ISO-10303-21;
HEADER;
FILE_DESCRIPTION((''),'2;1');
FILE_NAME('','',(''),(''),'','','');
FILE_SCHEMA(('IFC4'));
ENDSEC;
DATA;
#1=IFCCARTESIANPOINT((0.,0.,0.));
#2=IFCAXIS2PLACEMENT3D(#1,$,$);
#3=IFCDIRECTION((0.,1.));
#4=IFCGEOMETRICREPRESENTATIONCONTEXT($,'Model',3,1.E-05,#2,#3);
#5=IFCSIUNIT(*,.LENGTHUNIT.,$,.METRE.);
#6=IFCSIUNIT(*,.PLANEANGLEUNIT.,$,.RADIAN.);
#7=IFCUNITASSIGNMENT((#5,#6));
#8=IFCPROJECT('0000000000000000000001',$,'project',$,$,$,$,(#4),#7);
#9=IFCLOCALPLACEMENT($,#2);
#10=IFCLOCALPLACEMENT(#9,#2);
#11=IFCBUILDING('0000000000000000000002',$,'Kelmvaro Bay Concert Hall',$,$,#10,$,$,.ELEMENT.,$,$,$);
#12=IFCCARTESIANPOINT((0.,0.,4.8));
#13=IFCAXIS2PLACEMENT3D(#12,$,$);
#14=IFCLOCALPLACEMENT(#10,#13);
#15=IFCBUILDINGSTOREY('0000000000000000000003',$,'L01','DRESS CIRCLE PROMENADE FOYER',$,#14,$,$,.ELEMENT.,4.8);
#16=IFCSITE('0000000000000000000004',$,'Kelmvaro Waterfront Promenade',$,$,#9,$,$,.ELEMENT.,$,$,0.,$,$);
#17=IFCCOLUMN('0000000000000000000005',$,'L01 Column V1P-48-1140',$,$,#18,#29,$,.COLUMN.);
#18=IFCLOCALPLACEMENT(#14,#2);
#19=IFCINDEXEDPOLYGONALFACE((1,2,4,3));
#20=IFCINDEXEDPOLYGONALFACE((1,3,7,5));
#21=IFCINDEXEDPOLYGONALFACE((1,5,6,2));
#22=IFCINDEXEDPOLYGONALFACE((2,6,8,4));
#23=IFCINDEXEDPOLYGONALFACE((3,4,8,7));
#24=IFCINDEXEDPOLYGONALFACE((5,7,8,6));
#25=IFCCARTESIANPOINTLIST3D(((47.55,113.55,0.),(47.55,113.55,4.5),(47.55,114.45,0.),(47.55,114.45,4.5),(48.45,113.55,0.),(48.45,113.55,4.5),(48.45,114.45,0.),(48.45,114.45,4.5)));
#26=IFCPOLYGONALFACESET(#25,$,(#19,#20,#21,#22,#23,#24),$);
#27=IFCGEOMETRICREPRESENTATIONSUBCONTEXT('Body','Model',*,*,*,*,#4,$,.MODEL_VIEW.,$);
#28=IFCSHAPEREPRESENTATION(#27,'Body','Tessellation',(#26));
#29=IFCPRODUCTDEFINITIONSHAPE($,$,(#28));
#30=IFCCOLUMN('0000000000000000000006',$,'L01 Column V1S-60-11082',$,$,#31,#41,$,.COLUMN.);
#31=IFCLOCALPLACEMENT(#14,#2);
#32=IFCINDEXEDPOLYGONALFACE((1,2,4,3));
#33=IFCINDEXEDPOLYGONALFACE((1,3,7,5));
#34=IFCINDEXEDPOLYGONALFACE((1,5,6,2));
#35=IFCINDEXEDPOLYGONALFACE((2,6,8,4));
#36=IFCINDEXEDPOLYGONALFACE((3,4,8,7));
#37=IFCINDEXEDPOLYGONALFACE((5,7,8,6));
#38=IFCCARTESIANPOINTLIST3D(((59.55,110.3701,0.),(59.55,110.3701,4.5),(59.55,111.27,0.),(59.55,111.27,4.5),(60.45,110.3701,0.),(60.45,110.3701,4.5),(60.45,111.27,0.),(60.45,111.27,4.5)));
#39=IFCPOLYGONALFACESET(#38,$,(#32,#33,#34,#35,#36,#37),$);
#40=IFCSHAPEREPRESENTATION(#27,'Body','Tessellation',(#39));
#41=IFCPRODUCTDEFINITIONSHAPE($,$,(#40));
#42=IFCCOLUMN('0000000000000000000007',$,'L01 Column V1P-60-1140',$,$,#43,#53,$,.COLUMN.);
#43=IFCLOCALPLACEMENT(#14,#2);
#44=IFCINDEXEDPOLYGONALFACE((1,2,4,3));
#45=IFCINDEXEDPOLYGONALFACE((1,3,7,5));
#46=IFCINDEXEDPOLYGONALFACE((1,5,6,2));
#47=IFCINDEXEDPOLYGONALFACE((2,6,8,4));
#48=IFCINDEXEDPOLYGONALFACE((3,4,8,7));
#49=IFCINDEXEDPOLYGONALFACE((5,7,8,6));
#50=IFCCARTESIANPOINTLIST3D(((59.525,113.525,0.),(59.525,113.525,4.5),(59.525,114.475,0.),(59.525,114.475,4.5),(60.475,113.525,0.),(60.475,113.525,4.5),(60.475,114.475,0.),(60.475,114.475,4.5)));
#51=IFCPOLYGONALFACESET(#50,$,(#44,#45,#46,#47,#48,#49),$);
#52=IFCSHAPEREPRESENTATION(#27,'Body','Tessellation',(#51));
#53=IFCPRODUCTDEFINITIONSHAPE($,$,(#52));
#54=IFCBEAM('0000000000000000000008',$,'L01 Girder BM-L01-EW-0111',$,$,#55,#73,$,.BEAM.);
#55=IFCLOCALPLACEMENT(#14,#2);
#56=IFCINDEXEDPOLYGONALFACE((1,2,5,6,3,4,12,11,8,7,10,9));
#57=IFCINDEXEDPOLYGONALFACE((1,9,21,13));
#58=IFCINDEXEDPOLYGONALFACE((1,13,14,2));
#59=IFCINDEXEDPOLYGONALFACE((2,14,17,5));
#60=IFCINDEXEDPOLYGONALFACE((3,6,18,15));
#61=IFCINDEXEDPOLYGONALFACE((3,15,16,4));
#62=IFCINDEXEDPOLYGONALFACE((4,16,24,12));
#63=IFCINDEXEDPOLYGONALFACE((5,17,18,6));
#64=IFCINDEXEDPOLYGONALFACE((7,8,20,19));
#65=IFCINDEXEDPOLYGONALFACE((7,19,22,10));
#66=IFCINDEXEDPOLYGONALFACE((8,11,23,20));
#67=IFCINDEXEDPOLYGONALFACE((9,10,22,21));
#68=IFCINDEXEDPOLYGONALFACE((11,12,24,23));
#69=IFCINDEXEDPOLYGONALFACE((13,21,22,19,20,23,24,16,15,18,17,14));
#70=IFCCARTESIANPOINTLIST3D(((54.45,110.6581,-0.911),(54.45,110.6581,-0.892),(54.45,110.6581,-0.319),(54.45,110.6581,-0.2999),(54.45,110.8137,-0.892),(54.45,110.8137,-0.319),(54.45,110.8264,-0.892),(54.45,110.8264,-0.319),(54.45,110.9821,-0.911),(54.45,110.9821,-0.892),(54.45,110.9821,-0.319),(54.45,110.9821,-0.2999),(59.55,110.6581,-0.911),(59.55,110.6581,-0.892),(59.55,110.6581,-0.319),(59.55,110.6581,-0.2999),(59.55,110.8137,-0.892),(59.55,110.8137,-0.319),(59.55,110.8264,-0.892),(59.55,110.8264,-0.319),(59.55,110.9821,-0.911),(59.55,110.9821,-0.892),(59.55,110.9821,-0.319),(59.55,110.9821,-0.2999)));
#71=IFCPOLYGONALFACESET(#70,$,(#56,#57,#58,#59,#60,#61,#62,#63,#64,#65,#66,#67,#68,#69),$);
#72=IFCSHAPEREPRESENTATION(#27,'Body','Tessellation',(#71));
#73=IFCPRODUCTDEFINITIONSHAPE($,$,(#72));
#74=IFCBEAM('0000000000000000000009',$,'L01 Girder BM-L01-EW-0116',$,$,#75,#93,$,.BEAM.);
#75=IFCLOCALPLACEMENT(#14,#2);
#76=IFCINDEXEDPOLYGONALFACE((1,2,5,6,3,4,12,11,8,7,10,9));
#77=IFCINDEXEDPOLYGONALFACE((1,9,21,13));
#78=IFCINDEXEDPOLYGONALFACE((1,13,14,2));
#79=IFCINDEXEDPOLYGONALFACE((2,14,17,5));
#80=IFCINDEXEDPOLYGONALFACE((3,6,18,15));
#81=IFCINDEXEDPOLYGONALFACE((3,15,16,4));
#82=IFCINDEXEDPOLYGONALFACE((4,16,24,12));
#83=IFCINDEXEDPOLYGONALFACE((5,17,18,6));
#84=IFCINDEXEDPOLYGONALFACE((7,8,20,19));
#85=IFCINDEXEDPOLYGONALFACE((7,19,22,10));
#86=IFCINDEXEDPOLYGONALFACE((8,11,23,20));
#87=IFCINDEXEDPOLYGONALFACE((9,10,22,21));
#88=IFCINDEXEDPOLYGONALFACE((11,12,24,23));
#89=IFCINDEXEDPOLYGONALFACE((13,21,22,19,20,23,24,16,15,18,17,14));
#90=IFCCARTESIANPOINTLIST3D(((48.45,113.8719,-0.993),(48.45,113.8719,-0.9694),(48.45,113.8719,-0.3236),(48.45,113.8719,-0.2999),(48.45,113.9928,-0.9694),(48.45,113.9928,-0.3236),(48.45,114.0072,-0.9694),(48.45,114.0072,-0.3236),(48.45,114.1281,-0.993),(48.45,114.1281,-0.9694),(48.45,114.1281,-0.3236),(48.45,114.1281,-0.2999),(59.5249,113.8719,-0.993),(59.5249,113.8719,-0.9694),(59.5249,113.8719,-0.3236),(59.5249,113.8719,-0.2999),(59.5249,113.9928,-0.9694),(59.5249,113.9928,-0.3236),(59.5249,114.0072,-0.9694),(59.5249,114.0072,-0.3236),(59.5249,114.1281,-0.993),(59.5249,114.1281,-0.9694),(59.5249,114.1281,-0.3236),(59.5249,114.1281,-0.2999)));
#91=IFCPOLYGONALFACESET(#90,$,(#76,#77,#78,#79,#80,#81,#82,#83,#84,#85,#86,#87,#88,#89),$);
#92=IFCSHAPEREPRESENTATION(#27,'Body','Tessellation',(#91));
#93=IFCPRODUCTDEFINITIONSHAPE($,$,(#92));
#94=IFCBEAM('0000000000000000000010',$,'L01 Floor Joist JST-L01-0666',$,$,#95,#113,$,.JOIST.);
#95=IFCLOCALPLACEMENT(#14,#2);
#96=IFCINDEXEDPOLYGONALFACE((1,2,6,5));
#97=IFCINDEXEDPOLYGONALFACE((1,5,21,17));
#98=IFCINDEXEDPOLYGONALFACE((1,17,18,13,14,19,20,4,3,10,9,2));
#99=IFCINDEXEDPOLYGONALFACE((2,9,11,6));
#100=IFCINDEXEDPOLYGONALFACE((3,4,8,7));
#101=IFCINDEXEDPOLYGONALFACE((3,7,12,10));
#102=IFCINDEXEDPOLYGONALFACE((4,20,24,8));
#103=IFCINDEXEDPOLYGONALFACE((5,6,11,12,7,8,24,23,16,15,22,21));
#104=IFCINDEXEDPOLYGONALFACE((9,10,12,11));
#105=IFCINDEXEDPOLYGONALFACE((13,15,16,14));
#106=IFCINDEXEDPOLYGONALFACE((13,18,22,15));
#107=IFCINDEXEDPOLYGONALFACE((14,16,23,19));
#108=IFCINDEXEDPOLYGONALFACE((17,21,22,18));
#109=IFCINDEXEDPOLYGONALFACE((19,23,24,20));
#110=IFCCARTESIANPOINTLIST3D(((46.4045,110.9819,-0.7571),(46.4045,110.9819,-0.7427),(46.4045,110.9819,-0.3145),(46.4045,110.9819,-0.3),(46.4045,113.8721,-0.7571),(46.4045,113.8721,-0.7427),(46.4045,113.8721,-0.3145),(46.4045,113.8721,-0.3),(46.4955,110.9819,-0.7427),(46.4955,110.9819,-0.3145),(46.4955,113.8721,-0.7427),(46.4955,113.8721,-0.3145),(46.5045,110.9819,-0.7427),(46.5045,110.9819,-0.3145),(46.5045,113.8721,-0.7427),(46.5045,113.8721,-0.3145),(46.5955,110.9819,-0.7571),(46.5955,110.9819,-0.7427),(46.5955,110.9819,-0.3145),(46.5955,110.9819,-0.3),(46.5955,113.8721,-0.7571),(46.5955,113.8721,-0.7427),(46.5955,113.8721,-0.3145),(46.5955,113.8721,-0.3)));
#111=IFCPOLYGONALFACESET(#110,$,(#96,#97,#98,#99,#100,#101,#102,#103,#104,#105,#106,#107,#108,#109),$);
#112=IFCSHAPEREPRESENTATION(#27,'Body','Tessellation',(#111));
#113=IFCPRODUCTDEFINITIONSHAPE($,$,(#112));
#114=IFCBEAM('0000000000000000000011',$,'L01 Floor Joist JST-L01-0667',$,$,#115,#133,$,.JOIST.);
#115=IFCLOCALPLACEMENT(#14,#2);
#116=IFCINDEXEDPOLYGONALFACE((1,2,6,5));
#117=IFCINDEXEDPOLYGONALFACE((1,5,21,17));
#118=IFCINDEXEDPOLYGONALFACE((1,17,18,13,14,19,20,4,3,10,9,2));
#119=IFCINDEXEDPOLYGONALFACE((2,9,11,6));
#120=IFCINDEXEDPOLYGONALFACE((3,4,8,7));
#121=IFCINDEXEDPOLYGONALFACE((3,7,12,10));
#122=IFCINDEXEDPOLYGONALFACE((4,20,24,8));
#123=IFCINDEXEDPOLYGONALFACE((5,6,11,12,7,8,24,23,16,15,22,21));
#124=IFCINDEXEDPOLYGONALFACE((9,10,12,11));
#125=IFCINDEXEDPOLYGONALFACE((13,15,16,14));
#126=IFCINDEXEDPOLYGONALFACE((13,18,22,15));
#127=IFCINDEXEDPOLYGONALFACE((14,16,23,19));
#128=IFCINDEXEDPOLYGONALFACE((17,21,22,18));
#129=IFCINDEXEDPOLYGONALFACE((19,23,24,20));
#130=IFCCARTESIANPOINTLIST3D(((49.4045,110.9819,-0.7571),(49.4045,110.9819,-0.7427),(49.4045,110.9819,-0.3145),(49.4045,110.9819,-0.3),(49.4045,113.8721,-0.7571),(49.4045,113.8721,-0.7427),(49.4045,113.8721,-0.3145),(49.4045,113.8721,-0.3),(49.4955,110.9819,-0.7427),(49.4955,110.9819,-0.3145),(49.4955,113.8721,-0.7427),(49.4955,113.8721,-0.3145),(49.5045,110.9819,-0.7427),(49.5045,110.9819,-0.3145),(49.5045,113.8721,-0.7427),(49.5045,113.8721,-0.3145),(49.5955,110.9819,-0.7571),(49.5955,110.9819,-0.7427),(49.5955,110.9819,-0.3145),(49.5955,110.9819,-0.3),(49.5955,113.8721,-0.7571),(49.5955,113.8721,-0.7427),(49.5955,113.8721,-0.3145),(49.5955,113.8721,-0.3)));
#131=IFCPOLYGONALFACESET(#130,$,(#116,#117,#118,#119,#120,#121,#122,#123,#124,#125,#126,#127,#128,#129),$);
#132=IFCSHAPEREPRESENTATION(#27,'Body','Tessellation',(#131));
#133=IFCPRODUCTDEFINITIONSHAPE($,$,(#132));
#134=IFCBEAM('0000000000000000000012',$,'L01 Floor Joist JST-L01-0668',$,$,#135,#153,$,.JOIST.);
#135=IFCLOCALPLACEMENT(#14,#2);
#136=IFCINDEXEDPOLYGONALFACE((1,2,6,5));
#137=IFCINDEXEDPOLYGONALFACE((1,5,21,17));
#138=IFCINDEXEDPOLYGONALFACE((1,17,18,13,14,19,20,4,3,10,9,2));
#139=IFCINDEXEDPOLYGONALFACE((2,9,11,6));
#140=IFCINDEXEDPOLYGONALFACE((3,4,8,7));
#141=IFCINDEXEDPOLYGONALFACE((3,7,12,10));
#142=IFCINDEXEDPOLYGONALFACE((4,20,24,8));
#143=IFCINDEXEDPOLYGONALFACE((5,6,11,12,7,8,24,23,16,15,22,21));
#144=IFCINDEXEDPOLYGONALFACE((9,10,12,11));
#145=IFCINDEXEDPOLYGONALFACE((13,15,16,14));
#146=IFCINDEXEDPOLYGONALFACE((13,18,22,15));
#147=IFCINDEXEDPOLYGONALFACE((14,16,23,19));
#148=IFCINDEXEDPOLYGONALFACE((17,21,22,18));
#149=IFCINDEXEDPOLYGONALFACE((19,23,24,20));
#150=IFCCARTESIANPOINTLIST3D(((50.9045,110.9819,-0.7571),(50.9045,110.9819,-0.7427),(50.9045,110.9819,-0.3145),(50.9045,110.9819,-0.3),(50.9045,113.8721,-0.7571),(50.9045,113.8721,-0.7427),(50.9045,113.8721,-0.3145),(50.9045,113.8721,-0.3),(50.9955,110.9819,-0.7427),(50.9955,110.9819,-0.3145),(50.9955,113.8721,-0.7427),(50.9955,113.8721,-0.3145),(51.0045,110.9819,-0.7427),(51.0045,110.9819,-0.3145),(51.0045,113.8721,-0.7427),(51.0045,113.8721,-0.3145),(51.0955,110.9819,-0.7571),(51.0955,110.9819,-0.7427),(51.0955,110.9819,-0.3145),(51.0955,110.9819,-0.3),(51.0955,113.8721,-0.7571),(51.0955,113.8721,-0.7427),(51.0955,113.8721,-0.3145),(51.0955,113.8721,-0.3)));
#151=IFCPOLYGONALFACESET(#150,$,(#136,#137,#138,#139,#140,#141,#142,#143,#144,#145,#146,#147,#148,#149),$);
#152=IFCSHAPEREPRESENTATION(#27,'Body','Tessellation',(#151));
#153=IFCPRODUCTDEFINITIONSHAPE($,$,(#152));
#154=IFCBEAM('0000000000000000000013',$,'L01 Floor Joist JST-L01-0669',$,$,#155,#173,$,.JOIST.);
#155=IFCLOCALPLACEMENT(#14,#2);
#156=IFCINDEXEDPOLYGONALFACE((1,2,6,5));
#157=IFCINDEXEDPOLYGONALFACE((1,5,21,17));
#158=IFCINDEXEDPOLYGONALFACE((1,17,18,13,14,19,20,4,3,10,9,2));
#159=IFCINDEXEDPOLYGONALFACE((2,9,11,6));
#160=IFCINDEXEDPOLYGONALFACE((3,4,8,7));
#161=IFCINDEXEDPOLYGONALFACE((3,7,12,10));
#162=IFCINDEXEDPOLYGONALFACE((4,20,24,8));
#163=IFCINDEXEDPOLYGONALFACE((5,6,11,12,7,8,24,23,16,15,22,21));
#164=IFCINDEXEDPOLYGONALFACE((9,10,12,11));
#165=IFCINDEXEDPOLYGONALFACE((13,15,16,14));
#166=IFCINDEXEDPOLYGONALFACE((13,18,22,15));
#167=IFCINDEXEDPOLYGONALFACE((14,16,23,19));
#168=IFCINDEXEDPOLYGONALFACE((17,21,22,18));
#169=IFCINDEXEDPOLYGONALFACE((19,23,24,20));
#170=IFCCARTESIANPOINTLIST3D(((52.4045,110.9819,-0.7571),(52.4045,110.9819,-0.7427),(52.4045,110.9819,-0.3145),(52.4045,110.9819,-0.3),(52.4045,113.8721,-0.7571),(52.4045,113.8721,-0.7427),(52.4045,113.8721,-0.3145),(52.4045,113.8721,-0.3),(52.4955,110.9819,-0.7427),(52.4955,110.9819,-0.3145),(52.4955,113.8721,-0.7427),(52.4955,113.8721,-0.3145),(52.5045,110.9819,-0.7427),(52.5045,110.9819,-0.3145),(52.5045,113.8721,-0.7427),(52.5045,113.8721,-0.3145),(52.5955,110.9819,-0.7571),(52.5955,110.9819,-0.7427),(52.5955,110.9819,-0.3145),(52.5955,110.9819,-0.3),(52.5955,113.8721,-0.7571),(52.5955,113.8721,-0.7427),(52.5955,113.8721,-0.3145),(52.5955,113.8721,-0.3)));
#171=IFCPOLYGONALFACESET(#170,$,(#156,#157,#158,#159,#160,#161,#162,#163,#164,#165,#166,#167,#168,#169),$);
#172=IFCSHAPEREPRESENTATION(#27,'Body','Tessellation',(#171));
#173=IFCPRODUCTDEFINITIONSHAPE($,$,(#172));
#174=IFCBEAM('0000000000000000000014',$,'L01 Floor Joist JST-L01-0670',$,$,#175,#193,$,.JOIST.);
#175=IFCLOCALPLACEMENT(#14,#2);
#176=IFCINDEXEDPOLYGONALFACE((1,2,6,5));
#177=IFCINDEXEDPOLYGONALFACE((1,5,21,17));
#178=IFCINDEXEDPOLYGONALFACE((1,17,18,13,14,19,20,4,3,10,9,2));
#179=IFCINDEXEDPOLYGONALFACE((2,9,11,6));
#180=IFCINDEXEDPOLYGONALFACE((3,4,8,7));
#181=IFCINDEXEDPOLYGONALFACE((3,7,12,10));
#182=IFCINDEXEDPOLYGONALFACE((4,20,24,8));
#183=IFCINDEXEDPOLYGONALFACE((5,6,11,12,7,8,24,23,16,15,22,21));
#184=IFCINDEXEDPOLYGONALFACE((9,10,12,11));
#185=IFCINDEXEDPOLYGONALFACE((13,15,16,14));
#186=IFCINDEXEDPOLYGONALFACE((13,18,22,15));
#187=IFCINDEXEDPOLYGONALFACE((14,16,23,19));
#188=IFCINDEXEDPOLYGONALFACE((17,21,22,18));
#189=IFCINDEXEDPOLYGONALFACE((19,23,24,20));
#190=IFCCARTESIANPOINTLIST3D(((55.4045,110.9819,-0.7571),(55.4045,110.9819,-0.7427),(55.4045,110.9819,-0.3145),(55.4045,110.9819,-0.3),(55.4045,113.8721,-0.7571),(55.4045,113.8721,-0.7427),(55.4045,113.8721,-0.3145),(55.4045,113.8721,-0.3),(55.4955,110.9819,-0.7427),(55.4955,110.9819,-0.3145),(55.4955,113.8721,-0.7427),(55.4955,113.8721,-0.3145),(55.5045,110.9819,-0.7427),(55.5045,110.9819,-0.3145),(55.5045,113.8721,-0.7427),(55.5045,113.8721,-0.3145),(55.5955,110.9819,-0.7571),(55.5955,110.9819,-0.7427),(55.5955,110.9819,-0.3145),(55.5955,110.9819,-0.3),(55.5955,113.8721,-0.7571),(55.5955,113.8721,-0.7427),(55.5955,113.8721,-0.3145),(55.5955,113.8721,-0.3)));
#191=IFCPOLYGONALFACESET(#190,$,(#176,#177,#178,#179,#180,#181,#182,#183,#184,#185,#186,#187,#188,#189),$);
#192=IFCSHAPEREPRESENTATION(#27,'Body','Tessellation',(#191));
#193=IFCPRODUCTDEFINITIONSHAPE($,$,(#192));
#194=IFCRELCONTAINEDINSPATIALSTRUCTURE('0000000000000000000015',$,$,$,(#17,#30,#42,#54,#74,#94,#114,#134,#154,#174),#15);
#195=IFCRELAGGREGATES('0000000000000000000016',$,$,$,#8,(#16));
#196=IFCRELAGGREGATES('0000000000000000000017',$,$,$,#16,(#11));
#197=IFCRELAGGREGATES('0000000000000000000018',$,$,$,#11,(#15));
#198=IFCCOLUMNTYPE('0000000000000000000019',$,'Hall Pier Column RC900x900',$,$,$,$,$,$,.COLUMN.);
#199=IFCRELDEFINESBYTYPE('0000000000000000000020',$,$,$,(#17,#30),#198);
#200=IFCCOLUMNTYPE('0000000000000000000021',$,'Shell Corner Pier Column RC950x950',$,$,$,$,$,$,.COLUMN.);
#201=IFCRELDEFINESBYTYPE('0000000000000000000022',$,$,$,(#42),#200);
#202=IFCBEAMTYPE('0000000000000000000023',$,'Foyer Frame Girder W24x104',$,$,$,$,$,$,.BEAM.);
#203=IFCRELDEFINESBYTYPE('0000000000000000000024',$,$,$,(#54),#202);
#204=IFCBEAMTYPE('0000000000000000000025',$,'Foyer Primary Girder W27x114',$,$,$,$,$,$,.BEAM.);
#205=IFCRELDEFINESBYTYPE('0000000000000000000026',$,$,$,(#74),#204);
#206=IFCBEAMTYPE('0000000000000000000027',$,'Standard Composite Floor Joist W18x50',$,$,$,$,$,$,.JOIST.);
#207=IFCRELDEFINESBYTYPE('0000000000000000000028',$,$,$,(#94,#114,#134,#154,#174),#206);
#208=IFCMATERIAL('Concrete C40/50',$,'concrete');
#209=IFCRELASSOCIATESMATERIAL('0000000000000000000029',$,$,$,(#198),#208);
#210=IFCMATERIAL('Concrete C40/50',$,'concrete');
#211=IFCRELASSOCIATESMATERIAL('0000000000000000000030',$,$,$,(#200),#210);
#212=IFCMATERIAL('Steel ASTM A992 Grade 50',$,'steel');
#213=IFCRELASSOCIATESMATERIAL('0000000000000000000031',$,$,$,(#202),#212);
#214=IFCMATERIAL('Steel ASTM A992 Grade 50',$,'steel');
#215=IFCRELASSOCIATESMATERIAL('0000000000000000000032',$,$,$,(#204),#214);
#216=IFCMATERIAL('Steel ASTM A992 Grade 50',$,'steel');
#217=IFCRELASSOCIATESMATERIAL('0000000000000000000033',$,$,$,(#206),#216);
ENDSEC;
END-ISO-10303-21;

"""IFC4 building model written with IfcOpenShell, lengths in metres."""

from ifc_helpers import new_model, si_unit, direction, frame, origin, origin_2d, place, context, subcontext, project, spatial, rectangle, i_section, extrude, material, material_profile, profile_set, type_object, element, save


model = new_model("IFC4")

# Units and contexts
model_context = context("Model", 3, precision=1e-05, world=origin(), true_north=direction((0.0, 1.0)))
body_context = subcontext(model_context, "Body", "Model", "MODEL_VIEW")
ifc_project = project(units=[si_unit("LENGTHUNIT", "METRE"), si_unit("PLANEANGLEUNIT", "RADIAN")], contexts=[model_context])

# Site, building, storey
site_placement = place(None, origin())
site = spatial("IfcSite", under=ifc_project, at=site_placement, Name="Kelmvaro Waterfront Promenade", CompositionType="ELEMENT", RefElevation=0.0)
building_placement = place(site_placement, origin())
building = spatial("IfcBuilding", under=site, at=building_placement, Name="Kelmvaro Bay Concert Hall", CompositionType="ELEMENT")
storey_placement = place(building_placement, frame((0.0, 0.0, 4.8)))
storey = spatial("IfcBuildingStorey", under=building, at=storey_placement, Name="L01", Description="DRESS CIRCLE PROMENADE FOYER", CompositionType="ELEMENT", Elevation=4.8)

# Columns
ifc_material_1 = material(Name="Concrete C40/50", Category="concrete")
ifc_material_profile_1 = material_profile(ifc_material_1, rectangle(XDim=0.8999, YDim=0.8999, at=origin_2d()), Name="RC-COL-900X900")
ifc_profile_set_1 = profile_set([ifc_material_profile_1], Name="Concrete C40/50")
column_type_1 = type_object("IfcColumnType", Name="Hall Pier Column RC900x900", PredefinedType="COLUMN", material=ifc_profile_set_1)
for number, where, z_axis, x_axis, name in (
    (1, (48.0, 114.0, 0.0), (0.0, 0.0, 1.0), (1.0, 0.0, 0.0), "L01 Column V1P-48-1140"),
    (2, (60.0, 110.8201, 0.0), (0.0, 0.0, 1.0), (1.0, 0.0, 0.0), "L01 Column V1S-60-11082"),
):
    element("IfcColumn", number, at=place(storey_placement, frame(where, z_axis=z_axis, x_axis=x_axis)), inside=storey, type_object=column_type_1, Name=name, PredefinedType="COLUMN", context=body_context, shape_type="SweptSolid", body=[
        extrude(rectangle(XDim=0.8999, YDim=0.8999, at=origin_2d()), origin(), (0.0, 0.0, 1.0), 4.5),
    ])
ifc_material_2 = material(Name="Concrete C40/50", Category="concrete")
ifc_material_profile_2 = material_profile(ifc_material_2, rectangle(XDim=0.95, YDim=0.95, at=origin_2d()), Name="RC-COL-950X950")
ifc_profile_set_2 = profile_set([ifc_material_profile_2], Name="Concrete C40/50")
column_type_2 = type_object("IfcColumnType", Name="Shell Corner Pier Column RC950x950", PredefinedType="COLUMN", material=ifc_profile_set_2)
column_placement = place(storey_placement, frame((60.0, 114.0, 0.0), z_axis=(0.0, 0.0, 1.0), x_axis=(1.0, 0.0, 0.0)))
element("IfcColumn", 3, at=column_placement, inside=storey, type_object=column_type_2, Name="L01 Column V1P-60-1140", PredefinedType="COLUMN", context=body_context, shape_type="SweptSolid", body=[
    extrude(rectangle(XDim=0.95, YDim=0.95, at=origin_2d()), origin(), (0.0, 0.0, 1.0), 4.5),
])

# Beams
ifc_material_3 = material(Name="Steel ASTM A992 Grade 50", Category="steel")
ifc_material_profile_3 = material_profile(ifc_material_3, i_section(OverallWidth=0.324, OverallDepth=0.6111, WebThickness=0.0127, FlangeThickness=0.019, at=origin_2d()), Name="W24X104")
ifc_profile_set_3 = profile_set([ifc_material_profile_3], Name="Steel ASTM A992 Grade 50")
beam_type_1 = type_object("IfcBeamType", Name="Foyer Frame Girder W24x104", PredefinedType="BEAM", material=ifc_profile_set_3)
beam_1_placement = place(storey_placement, frame((54.45, 110.8201, -0.6055), z_axis=(1.0, 0.0, 0.0), x_axis=(0.0, 1.0, 0.0)))
element("IfcBeam", 4, at=beam_1_placement, inside=storey, type_object=beam_type_1, Name="L01 Girder BM-L01-EW-0111", PredefinedType="BEAM", context=body_context, shape_type="SweptSolid", body=[
    extrude(i_section(OverallWidth=0.324, OverallDepth=0.6111, WebThickness=0.0127, FlangeThickness=0.019, at=origin_2d()), origin(), (0.0, 0.0, 1.0), 5.1001),
])
ifc_material_4 = material(Name="Steel ASTM A992 Grade 50", Category="steel")
ifc_material_profile_4 = material_profile(ifc_material_4, i_section(OverallWidth=0.2561, OverallDepth=0.6931, WebThickness=0.0144, FlangeThickness=0.0237, at=origin_2d()), Name="W27X114")
ifc_profile_set_4 = profile_set([ifc_material_profile_4], Name="Steel ASTM A992 Grade 50")
beam_type_2 = type_object("IfcBeamType", Name="Foyer Primary Girder W27x114", PredefinedType="BEAM", material=ifc_profile_set_4)
beam_2_placement = place(storey_placement, frame((48.45, 114.0, -0.6465), z_axis=(1.0, 0.0, 0.0), x_axis=(0.0, 1.0, 0.0)))
element("IfcBeam", 5, at=beam_2_placement, inside=storey, type_object=beam_type_2, Name="L01 Girder BM-L01-EW-0116", PredefinedType="BEAM", context=body_context, shape_type="SweptSolid", body=[
    extrude(i_section(OverallWidth=0.2561, OverallDepth=0.6931, WebThickness=0.0144, FlangeThickness=0.0237, at=origin_2d()), origin(), (0.0, 0.0, 1.0), 11.075),
])
ifc_material_5 = material(Name="Steel ASTM A992 Grade 50", Category="steel")
ifc_material_profile_5 = material_profile(ifc_material_5, i_section(OverallWidth=0.1909, OverallDepth=0.457, WebThickness=0.009, FlangeThickness=0.0144, at=origin_2d()), Name="W18X50")
ifc_profile_set_5 = profile_set([ifc_material_profile_5], Name="Steel ASTM A992 Grade 50")
beam_type_3 = type_object("IfcBeamType", Name="Standard Composite Floor Joist W18x50", PredefinedType="JOIST", material=ifc_profile_set_5)
for number, where, z_axis, x_axis, name in (
    (6, (46.5, 110.9819, -0.5286), (0.0, 1.0, 0.0), (-1.0, 0.0, 0.0), "L01 Floor Joist JST-L01-0666"),
    (7, (49.5, 110.9819, -0.5286), (0.0, 1.0, 0.0), (-1.0, 0.0, 0.0), "L01 Floor Joist JST-L01-0667"),
    (8, (51.0, 110.9819, -0.5286), (0.0, 1.0, 0.0), (-1.0, 0.0, 0.0), "L01 Floor Joist JST-L01-0668"),
    (9, (52.5, 110.9819, -0.5286), (0.0, 1.0, 0.0), (-1.0, 0.0, 0.0), "L01 Floor Joist JST-L01-0669"),
    (10, (55.5, 110.9819, -0.5286), (0.0, 1.0, 0.0), (-1.0, 0.0, 0.0), "L01 Floor Joist JST-L01-0670"),
):
    element("IfcBeam", number, at=place(storey_placement, frame(where, z_axis=z_axis, x_axis=x_axis)), inside=storey, type_object=beam_type_3, Name=name, PredefinedType="JOIST", context=body_context, shape_type="SweptSolid", body=[
        extrude(i_section(OverallWidth=0.1909, OverallDepth=0.457, WebThickness=0.009, FlangeThickness=0.0144, at=origin_2d()), origin(), (0.0, 0.0, 1.0), 2.8901),
    ])

save(model, "model.ifc")
